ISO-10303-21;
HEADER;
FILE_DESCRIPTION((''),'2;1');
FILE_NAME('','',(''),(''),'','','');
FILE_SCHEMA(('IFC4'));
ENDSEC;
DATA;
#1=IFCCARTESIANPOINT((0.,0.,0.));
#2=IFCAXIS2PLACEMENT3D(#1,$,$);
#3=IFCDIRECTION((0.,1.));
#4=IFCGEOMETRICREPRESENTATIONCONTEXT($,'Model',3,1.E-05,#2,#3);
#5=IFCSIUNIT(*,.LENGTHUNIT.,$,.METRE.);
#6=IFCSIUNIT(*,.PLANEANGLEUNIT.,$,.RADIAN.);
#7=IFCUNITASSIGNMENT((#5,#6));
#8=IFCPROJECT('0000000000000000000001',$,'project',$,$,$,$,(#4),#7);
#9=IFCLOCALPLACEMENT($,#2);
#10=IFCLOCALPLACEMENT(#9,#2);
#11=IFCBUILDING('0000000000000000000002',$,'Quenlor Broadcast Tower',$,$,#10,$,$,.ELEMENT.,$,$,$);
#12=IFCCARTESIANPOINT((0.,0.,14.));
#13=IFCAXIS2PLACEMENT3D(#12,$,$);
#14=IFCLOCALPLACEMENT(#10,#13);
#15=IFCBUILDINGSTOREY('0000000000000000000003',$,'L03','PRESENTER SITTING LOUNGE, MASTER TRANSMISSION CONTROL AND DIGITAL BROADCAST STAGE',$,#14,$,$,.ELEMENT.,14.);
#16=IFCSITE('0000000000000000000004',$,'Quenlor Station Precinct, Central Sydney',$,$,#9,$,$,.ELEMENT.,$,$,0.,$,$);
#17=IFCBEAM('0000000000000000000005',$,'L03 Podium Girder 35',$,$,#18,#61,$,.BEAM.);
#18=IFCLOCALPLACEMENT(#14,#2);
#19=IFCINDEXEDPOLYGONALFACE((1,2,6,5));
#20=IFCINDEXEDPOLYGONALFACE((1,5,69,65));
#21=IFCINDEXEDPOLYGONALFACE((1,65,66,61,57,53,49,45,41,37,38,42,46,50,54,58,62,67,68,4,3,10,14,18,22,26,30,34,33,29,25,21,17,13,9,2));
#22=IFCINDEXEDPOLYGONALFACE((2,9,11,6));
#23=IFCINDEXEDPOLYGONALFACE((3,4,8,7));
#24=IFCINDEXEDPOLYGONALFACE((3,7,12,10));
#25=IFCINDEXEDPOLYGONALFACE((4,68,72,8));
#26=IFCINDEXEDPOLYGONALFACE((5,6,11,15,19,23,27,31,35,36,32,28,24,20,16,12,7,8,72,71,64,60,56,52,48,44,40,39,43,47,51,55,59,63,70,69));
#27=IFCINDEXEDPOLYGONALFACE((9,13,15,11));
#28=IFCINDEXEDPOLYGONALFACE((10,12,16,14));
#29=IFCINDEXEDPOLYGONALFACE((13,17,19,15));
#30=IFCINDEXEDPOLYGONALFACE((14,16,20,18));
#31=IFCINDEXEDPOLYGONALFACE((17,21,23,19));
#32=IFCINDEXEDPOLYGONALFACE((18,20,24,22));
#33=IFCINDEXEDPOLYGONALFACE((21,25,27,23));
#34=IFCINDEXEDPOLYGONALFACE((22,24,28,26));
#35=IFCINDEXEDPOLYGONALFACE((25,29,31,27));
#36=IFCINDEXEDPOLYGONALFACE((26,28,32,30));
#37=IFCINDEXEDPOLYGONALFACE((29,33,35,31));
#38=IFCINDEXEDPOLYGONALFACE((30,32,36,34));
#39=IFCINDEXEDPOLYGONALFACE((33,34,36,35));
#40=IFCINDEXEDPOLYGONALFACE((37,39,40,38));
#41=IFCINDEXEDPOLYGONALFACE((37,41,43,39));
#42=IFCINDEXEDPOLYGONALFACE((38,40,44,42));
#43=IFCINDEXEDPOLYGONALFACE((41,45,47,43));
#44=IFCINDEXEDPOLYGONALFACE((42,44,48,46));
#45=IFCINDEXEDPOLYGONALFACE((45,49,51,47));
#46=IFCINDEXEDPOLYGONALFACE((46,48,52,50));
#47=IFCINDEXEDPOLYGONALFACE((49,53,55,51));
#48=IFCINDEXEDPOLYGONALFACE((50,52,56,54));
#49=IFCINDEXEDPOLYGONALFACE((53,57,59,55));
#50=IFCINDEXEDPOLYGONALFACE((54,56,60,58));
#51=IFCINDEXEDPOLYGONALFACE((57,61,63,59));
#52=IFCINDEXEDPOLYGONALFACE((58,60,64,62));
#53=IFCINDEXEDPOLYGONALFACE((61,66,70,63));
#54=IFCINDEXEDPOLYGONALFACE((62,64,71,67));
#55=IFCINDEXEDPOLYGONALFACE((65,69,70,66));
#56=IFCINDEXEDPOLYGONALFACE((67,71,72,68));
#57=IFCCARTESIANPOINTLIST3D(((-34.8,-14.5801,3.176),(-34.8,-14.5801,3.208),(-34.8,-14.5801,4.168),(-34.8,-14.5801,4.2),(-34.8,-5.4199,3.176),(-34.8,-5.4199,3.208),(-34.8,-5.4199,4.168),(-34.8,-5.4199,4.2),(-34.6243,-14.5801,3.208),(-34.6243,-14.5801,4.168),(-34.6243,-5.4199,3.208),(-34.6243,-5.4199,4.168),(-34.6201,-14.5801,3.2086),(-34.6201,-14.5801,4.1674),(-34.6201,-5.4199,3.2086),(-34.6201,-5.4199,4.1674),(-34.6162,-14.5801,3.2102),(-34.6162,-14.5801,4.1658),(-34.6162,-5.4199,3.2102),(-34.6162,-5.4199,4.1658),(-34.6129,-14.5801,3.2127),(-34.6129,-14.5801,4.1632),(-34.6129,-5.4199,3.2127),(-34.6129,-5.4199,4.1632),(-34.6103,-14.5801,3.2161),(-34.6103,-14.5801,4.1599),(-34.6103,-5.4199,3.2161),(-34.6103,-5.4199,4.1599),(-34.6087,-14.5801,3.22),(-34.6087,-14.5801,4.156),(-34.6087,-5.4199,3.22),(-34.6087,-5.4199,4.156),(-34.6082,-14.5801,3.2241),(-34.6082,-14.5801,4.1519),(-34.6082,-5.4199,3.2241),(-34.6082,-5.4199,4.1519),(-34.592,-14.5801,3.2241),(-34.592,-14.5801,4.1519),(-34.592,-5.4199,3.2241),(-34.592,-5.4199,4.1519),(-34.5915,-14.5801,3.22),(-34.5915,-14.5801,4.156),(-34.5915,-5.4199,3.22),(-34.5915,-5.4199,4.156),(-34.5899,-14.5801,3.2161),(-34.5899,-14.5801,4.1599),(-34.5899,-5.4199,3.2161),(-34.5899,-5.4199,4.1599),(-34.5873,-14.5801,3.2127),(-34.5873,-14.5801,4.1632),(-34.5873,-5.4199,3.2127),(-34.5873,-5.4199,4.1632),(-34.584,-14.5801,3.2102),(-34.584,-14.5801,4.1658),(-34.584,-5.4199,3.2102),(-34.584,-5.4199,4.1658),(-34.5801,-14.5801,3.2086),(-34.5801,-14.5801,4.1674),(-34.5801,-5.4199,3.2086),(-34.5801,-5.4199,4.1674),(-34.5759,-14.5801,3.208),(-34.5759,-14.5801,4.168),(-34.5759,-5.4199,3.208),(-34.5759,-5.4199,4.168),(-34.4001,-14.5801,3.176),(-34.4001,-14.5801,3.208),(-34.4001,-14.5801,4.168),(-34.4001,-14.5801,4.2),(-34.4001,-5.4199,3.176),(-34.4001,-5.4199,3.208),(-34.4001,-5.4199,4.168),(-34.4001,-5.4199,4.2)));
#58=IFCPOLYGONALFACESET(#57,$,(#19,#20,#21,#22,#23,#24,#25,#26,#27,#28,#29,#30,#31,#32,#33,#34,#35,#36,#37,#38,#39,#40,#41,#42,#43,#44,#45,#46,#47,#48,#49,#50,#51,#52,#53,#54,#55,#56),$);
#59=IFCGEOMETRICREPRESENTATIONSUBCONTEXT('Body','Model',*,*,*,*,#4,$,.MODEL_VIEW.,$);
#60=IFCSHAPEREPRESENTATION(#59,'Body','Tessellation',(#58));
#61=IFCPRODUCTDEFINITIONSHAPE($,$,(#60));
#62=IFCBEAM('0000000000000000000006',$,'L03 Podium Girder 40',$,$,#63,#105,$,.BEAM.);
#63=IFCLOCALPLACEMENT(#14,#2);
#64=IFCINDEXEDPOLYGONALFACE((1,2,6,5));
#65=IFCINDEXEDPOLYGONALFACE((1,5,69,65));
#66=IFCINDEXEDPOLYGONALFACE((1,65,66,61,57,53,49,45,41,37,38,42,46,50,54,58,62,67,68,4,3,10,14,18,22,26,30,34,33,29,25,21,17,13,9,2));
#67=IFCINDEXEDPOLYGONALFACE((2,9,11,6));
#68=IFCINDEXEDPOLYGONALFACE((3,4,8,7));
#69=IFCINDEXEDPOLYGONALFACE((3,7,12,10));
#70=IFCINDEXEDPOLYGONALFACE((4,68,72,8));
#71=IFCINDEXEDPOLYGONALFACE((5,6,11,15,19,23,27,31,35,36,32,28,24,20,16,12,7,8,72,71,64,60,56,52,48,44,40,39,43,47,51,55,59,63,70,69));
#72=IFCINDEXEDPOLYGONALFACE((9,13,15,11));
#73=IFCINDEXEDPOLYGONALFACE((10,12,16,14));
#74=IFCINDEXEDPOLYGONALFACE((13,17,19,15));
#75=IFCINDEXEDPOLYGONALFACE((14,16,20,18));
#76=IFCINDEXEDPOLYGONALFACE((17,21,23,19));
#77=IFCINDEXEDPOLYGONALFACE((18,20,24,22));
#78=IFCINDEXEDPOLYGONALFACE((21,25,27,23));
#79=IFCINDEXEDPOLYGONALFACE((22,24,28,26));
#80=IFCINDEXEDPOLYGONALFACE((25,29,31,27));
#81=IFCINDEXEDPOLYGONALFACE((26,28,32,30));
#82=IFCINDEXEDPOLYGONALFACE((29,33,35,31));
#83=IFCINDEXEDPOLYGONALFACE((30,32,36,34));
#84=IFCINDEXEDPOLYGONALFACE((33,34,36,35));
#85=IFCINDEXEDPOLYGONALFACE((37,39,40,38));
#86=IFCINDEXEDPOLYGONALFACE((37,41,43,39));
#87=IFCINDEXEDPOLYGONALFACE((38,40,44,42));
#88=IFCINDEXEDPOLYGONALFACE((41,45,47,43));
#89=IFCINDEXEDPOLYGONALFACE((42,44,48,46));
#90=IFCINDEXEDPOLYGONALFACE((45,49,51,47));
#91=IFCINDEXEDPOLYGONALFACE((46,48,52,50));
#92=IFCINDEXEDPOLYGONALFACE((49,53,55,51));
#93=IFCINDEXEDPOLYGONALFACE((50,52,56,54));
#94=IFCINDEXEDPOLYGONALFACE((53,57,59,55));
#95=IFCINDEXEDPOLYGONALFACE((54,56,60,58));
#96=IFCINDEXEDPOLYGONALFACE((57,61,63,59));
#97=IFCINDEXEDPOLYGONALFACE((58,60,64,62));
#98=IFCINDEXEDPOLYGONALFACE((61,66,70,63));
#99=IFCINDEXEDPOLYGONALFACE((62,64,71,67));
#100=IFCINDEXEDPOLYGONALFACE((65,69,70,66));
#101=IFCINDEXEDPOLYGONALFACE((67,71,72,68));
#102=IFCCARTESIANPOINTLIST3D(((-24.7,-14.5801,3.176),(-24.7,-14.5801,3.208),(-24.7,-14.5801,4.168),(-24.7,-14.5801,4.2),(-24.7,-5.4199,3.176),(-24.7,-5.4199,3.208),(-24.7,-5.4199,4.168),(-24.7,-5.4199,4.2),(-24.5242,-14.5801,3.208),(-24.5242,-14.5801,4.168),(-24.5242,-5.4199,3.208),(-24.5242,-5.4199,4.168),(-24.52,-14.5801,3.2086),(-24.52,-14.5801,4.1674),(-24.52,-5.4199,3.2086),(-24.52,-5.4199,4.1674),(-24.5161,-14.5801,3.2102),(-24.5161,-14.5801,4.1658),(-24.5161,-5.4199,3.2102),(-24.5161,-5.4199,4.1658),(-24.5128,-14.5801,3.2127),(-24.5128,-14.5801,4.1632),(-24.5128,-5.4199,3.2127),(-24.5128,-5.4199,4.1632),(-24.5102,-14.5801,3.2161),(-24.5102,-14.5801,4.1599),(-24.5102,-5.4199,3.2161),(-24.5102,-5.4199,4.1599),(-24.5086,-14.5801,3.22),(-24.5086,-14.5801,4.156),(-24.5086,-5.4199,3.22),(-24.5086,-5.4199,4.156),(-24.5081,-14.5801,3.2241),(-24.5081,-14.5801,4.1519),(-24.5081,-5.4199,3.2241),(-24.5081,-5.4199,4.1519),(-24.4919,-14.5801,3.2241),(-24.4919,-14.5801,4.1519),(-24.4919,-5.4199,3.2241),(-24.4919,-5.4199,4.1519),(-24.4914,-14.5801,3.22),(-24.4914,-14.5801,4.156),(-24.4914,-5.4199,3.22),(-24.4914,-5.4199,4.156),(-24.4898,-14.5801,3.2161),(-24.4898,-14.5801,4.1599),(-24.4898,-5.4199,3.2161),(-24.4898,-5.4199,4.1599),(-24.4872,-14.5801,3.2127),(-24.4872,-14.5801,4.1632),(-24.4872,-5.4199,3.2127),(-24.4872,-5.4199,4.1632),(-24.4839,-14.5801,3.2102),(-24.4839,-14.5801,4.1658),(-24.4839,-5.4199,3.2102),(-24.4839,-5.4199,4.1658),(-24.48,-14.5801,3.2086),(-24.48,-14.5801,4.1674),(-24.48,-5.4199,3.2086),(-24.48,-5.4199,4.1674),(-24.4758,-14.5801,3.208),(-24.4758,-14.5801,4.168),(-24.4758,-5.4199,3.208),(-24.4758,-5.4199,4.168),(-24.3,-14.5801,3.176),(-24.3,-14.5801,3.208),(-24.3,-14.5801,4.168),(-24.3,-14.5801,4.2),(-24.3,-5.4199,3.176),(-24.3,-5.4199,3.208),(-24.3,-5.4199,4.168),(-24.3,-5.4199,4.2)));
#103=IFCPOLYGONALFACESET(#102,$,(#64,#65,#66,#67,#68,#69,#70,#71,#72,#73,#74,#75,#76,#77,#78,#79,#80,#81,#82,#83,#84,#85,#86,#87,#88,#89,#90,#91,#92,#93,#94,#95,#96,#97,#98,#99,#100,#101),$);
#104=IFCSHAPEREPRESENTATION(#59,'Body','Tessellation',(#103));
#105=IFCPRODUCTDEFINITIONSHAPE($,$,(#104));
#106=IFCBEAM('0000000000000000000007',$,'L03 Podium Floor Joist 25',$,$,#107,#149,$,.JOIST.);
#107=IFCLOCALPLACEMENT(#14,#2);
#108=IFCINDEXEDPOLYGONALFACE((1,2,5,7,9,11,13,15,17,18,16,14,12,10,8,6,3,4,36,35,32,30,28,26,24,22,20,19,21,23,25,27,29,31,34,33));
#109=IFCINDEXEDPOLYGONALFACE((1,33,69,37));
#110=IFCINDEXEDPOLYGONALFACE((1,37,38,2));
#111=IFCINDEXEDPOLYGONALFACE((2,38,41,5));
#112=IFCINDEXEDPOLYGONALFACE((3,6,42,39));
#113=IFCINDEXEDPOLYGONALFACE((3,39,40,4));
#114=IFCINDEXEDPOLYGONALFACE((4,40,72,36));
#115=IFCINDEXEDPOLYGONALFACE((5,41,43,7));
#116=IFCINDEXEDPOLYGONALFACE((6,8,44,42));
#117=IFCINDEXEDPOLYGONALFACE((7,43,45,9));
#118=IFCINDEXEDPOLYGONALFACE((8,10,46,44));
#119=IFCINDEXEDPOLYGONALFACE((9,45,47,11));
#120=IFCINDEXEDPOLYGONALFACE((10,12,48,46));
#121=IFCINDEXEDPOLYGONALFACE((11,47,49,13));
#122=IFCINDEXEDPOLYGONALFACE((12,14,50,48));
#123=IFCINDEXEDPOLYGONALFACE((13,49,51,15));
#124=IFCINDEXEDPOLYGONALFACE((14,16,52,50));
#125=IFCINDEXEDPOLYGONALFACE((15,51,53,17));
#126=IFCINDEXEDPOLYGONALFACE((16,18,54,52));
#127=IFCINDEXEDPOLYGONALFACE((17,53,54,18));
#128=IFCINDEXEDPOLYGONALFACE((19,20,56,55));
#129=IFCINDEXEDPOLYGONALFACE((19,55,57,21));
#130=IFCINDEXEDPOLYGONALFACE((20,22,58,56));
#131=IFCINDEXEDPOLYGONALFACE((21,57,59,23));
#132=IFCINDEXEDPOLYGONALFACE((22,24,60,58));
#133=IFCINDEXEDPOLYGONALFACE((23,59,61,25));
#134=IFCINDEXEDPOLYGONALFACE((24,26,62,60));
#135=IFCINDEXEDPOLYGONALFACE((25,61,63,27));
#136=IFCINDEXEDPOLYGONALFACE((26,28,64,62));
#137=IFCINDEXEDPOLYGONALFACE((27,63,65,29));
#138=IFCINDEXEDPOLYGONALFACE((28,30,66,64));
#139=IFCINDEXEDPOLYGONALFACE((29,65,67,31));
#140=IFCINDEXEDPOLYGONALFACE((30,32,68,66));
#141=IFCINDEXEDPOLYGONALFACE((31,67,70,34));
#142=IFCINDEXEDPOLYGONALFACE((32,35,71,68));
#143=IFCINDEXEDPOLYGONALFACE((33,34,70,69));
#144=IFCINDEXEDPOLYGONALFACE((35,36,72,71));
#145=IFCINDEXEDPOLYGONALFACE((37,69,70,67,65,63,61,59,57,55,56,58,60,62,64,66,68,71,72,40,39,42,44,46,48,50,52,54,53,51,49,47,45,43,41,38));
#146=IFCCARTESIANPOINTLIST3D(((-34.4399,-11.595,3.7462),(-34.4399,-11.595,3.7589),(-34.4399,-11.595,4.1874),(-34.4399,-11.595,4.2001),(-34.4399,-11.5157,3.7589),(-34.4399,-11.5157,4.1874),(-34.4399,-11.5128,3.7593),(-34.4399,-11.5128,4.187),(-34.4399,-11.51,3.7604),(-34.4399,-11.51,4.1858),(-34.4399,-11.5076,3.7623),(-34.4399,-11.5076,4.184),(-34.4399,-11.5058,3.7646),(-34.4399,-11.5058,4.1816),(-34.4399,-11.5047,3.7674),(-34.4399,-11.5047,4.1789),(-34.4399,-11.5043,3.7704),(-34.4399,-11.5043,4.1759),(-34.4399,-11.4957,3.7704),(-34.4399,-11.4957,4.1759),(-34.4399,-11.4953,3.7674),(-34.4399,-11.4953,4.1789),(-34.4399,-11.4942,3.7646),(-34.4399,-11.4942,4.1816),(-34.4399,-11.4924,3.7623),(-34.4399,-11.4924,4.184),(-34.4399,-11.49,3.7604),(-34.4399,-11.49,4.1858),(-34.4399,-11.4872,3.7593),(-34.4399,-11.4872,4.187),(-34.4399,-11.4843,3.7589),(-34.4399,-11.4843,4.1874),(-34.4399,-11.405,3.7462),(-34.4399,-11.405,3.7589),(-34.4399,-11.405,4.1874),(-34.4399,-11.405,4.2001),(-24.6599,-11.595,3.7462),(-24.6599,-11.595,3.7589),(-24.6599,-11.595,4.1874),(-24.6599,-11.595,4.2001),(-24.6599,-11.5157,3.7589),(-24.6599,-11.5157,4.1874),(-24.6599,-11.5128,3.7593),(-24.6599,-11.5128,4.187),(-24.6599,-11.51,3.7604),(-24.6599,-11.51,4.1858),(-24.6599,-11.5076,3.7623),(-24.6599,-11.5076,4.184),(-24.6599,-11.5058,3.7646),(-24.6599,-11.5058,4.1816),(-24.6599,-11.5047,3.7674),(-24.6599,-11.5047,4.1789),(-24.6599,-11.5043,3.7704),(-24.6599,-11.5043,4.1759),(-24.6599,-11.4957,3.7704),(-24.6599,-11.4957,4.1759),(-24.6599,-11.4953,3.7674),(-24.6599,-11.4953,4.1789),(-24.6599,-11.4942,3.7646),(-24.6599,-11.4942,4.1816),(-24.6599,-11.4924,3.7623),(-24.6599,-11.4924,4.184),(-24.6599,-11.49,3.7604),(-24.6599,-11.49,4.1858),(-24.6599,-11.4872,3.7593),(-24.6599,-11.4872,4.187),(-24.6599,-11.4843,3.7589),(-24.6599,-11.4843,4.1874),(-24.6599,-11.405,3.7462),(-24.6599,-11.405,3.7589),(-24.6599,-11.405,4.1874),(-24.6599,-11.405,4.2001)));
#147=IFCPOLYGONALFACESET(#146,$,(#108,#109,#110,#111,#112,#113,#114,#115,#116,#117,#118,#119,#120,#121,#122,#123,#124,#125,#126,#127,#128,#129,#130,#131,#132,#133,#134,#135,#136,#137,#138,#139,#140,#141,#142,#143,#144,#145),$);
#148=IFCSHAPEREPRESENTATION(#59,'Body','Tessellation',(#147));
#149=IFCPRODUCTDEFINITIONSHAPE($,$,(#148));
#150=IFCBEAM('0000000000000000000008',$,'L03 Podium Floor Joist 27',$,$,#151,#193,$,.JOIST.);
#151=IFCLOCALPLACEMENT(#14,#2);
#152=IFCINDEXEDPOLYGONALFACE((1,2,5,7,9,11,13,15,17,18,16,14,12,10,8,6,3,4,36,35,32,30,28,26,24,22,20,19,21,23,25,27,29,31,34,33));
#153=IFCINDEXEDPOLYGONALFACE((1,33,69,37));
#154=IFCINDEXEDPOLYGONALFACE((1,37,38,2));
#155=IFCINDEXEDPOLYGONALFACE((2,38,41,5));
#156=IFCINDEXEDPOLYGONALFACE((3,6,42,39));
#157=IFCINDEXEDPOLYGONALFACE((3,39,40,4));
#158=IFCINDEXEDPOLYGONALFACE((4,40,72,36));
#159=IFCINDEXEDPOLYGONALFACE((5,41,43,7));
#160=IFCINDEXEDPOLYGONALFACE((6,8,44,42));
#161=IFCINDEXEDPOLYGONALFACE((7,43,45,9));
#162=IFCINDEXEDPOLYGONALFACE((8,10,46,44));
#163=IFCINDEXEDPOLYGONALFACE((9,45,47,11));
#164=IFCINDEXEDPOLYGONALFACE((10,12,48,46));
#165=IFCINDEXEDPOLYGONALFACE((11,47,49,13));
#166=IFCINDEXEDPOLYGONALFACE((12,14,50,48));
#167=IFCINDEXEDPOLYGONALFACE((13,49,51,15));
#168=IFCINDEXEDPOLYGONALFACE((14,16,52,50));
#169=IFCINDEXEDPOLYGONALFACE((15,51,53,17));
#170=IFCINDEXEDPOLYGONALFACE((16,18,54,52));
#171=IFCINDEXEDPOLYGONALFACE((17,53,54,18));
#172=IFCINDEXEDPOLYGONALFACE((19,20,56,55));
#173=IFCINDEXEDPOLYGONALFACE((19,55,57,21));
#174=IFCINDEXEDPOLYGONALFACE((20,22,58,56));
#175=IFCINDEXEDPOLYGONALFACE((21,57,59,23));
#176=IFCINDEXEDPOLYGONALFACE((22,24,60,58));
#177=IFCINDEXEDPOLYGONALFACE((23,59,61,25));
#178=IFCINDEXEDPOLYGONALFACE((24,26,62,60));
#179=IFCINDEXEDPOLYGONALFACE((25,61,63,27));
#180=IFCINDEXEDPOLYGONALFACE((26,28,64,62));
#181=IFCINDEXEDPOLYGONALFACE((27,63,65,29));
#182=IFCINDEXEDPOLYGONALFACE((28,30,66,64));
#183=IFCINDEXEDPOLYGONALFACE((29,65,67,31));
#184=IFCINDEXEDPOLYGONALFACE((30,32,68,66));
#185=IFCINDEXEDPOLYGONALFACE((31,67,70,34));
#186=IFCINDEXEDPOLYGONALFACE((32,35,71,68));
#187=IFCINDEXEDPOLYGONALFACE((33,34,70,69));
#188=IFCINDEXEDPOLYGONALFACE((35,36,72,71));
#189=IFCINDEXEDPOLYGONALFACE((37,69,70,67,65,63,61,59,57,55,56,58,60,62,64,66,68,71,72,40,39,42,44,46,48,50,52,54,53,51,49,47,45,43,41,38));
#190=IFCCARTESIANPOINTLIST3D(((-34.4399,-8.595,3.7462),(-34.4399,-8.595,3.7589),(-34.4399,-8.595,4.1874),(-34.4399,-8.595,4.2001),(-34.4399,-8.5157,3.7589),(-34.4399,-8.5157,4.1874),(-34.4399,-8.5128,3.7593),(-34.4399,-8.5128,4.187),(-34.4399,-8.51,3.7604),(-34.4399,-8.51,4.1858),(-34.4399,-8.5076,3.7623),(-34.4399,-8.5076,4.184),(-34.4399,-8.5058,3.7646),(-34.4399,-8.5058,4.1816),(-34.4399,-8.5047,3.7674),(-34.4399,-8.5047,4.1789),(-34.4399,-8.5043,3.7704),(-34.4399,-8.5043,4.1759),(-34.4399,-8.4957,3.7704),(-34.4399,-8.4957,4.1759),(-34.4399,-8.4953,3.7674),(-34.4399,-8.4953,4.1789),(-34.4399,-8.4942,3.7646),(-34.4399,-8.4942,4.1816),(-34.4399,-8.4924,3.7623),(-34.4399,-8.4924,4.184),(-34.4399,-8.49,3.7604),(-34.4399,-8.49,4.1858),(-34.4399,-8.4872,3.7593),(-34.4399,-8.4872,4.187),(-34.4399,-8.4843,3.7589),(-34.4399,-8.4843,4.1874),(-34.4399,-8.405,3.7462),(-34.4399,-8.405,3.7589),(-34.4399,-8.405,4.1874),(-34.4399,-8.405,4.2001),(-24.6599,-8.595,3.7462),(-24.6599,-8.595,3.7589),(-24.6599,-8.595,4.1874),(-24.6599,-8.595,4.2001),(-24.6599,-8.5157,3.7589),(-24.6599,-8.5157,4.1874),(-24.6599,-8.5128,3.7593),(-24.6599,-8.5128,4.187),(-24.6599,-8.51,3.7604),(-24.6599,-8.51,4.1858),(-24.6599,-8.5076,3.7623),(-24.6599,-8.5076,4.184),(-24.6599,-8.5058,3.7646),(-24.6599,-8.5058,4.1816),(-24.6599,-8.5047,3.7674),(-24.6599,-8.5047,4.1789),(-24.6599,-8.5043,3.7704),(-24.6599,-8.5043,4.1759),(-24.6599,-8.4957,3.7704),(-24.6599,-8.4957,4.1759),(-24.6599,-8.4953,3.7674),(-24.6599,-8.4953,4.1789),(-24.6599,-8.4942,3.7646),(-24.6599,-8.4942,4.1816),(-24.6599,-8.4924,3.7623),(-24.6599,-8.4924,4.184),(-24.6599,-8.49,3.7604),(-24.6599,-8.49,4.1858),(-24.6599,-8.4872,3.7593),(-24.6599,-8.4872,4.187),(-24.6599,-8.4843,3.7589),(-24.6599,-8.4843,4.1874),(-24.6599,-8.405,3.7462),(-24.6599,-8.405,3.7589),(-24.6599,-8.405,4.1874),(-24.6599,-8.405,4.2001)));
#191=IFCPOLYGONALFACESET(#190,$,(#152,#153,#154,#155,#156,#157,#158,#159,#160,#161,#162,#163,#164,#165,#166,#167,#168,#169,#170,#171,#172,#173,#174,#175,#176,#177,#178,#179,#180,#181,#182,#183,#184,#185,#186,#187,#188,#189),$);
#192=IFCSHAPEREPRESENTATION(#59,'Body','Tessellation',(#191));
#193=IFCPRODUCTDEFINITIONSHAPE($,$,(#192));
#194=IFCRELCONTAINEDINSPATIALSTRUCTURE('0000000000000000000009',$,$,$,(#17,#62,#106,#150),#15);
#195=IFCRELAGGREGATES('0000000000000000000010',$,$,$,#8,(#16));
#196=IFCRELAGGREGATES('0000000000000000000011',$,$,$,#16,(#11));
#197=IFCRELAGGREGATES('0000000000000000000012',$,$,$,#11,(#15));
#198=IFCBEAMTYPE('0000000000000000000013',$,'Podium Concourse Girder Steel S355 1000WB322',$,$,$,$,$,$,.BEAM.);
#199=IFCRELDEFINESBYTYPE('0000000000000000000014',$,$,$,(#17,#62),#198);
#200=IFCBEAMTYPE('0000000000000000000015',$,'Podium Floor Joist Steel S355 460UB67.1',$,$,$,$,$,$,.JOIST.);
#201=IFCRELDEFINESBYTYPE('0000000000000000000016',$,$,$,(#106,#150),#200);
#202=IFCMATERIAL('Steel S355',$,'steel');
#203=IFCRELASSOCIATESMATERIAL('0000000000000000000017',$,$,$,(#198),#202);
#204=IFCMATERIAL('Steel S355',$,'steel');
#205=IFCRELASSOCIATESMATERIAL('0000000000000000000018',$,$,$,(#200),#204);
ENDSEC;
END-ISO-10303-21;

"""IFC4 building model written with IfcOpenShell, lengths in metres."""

from ifc_helpers import new_model, si_unit, direction, frame, origin, origin_2d, place, context, subcontext, project, spatial, i_section, extrude, material, material_profile, profile_set, type_object, element, save


model = new_model("IFC4")

# Units and contexts
model_context = context("Model", 3, precision=1e-05, world=origin(), true_north=direction((0.0, 1.0)))
body_context = subcontext(model_context, "Body", "Model", "MODEL_VIEW")
ifc_project = project(units=[si_unit("LENGTHUNIT", "METRE"), si_unit("PLANEANGLEUNIT", "RADIAN")], contexts=[model_context])

# Site, building, storey
site_placement = place(None, origin())
site = spatial("IfcSite", under=ifc_project, at=site_placement, Name="Quenlor Station Precinct, Central Sydney", CompositionType="ELEMENT", RefElevation=0.0)
building_placement = place(site_placement, origin())
building = spatial("IfcBuilding", under=site, at=building_placement, Name="Quenlor Broadcast Tower", CompositionType="ELEMENT")
storey_placement = place(building_placement, frame((0.0, 0.0, 14.0)))
storey = spatial("IfcBuildingStorey", under=building, at=storey_placement, Name="L03", Description="PRESENTER SITTING LOUNGE, MASTER TRANSMISSION CONTROL AND DIGITAL BROADCAST STAGE", CompositionType="ELEMENT", Elevation=14.0)

# Beams
ifc_material_1 = material(Name="Steel S355", Category="steel")
ifc_material_profile_1 = material_profile(ifc_material_1, i_section(OverallWidth=0.3999, OverallDepth=1.0239, WebThickness=0.0161, FlangeThickness=0.032, FilletRadius=0.0161, at=origin_2d()))
ifc_profile_set_1 = profile_set([ifc_material_profile_1], Name="Steel S355 1000WB322")
beam_type_1 = type_object("IfcBeamType", Name="Podium Concourse Girder Steel S355 1000WB322", PredefinedType="BEAM", material=ifc_profile_set_1)
for number, where, z_axis, x_axis, name in (
    (1, (-34.6001, -14.5801, 3.688), (0.0, 1.0, 0.0), (-1.0, 0.0, 0.0), "L03 Podium Girder 35"),
    (2, (-24.5, -14.5801, 3.688), (0.0, 1.0, 0.0), (-1.0, 0.0, 0.0), "L03 Podium Girder 40"),
):
    element("IfcBeam", number, at=place(storey_placement, frame(where, z_axis=z_axis, x_axis=x_axis)), inside=storey, type_object=beam_type_1, Name=name, PredefinedType="BEAM", context=body_context, shape_type="SweptSolid", body=[
        extrude(i_section(OverallWidth=0.3999, OverallDepth=1.0239, WebThickness=0.0161, FlangeThickness=0.032, FilletRadius=0.0161, at=origin_2d()), origin(), (0.0, 0.0, 1.0), 9.1602),
    ])
ifc_material_2 = material(Name="Steel S355", Category="steel")
ifc_material_profile_2 = material_profile(ifc_material_2, i_section(OverallWidth=0.1899, OverallDepth=0.4539, WebThickness=0.0085, FlangeThickness=0.0127, FilletRadius=0.0115, at=origin_2d()))
ifc_profile_set_2 = profile_set([ifc_material_profile_2], Name="Steel S355 460UB67.1")
beam_type_2 = type_object("IfcBeamType", Name="Podium Floor Joist Steel S355 460UB67.1", PredefinedType="JOIST", material=ifc_profile_set_2)
for number, where, z_axis, x_axis, name in (
    (3, (-34.4399, -11.5, 3.9731), (1.0, 0.0, 0.0), (0.0, 1.0, 0.0), "L03 Podium Floor Joist 25"),
    (4, (-34.4399, -8.5, 3.9731), (1.0, 0.0, 0.0), (0.0, 1.0, 0.0), "L03 Podium Floor Joist 27"),
):
    element("IfcBeam", number, at=place(storey_placement, frame(where, z_axis=z_axis, x_axis=x_axis)), inside=storey, type_object=beam_type_2, Name=name, PredefinedType="JOIST", context=body_context, shape_type="SweptSolid", body=[
        extrude(i_section(OverallWidth=0.1899, OverallDepth=0.4539, WebThickness=0.0085, FlangeThickness=0.0127, FilletRadius=0.0115, at=origin_2d()), origin(), (0.0, 0.0, 1.0), 9.78),
    ])

save(model, "model.ifc")
